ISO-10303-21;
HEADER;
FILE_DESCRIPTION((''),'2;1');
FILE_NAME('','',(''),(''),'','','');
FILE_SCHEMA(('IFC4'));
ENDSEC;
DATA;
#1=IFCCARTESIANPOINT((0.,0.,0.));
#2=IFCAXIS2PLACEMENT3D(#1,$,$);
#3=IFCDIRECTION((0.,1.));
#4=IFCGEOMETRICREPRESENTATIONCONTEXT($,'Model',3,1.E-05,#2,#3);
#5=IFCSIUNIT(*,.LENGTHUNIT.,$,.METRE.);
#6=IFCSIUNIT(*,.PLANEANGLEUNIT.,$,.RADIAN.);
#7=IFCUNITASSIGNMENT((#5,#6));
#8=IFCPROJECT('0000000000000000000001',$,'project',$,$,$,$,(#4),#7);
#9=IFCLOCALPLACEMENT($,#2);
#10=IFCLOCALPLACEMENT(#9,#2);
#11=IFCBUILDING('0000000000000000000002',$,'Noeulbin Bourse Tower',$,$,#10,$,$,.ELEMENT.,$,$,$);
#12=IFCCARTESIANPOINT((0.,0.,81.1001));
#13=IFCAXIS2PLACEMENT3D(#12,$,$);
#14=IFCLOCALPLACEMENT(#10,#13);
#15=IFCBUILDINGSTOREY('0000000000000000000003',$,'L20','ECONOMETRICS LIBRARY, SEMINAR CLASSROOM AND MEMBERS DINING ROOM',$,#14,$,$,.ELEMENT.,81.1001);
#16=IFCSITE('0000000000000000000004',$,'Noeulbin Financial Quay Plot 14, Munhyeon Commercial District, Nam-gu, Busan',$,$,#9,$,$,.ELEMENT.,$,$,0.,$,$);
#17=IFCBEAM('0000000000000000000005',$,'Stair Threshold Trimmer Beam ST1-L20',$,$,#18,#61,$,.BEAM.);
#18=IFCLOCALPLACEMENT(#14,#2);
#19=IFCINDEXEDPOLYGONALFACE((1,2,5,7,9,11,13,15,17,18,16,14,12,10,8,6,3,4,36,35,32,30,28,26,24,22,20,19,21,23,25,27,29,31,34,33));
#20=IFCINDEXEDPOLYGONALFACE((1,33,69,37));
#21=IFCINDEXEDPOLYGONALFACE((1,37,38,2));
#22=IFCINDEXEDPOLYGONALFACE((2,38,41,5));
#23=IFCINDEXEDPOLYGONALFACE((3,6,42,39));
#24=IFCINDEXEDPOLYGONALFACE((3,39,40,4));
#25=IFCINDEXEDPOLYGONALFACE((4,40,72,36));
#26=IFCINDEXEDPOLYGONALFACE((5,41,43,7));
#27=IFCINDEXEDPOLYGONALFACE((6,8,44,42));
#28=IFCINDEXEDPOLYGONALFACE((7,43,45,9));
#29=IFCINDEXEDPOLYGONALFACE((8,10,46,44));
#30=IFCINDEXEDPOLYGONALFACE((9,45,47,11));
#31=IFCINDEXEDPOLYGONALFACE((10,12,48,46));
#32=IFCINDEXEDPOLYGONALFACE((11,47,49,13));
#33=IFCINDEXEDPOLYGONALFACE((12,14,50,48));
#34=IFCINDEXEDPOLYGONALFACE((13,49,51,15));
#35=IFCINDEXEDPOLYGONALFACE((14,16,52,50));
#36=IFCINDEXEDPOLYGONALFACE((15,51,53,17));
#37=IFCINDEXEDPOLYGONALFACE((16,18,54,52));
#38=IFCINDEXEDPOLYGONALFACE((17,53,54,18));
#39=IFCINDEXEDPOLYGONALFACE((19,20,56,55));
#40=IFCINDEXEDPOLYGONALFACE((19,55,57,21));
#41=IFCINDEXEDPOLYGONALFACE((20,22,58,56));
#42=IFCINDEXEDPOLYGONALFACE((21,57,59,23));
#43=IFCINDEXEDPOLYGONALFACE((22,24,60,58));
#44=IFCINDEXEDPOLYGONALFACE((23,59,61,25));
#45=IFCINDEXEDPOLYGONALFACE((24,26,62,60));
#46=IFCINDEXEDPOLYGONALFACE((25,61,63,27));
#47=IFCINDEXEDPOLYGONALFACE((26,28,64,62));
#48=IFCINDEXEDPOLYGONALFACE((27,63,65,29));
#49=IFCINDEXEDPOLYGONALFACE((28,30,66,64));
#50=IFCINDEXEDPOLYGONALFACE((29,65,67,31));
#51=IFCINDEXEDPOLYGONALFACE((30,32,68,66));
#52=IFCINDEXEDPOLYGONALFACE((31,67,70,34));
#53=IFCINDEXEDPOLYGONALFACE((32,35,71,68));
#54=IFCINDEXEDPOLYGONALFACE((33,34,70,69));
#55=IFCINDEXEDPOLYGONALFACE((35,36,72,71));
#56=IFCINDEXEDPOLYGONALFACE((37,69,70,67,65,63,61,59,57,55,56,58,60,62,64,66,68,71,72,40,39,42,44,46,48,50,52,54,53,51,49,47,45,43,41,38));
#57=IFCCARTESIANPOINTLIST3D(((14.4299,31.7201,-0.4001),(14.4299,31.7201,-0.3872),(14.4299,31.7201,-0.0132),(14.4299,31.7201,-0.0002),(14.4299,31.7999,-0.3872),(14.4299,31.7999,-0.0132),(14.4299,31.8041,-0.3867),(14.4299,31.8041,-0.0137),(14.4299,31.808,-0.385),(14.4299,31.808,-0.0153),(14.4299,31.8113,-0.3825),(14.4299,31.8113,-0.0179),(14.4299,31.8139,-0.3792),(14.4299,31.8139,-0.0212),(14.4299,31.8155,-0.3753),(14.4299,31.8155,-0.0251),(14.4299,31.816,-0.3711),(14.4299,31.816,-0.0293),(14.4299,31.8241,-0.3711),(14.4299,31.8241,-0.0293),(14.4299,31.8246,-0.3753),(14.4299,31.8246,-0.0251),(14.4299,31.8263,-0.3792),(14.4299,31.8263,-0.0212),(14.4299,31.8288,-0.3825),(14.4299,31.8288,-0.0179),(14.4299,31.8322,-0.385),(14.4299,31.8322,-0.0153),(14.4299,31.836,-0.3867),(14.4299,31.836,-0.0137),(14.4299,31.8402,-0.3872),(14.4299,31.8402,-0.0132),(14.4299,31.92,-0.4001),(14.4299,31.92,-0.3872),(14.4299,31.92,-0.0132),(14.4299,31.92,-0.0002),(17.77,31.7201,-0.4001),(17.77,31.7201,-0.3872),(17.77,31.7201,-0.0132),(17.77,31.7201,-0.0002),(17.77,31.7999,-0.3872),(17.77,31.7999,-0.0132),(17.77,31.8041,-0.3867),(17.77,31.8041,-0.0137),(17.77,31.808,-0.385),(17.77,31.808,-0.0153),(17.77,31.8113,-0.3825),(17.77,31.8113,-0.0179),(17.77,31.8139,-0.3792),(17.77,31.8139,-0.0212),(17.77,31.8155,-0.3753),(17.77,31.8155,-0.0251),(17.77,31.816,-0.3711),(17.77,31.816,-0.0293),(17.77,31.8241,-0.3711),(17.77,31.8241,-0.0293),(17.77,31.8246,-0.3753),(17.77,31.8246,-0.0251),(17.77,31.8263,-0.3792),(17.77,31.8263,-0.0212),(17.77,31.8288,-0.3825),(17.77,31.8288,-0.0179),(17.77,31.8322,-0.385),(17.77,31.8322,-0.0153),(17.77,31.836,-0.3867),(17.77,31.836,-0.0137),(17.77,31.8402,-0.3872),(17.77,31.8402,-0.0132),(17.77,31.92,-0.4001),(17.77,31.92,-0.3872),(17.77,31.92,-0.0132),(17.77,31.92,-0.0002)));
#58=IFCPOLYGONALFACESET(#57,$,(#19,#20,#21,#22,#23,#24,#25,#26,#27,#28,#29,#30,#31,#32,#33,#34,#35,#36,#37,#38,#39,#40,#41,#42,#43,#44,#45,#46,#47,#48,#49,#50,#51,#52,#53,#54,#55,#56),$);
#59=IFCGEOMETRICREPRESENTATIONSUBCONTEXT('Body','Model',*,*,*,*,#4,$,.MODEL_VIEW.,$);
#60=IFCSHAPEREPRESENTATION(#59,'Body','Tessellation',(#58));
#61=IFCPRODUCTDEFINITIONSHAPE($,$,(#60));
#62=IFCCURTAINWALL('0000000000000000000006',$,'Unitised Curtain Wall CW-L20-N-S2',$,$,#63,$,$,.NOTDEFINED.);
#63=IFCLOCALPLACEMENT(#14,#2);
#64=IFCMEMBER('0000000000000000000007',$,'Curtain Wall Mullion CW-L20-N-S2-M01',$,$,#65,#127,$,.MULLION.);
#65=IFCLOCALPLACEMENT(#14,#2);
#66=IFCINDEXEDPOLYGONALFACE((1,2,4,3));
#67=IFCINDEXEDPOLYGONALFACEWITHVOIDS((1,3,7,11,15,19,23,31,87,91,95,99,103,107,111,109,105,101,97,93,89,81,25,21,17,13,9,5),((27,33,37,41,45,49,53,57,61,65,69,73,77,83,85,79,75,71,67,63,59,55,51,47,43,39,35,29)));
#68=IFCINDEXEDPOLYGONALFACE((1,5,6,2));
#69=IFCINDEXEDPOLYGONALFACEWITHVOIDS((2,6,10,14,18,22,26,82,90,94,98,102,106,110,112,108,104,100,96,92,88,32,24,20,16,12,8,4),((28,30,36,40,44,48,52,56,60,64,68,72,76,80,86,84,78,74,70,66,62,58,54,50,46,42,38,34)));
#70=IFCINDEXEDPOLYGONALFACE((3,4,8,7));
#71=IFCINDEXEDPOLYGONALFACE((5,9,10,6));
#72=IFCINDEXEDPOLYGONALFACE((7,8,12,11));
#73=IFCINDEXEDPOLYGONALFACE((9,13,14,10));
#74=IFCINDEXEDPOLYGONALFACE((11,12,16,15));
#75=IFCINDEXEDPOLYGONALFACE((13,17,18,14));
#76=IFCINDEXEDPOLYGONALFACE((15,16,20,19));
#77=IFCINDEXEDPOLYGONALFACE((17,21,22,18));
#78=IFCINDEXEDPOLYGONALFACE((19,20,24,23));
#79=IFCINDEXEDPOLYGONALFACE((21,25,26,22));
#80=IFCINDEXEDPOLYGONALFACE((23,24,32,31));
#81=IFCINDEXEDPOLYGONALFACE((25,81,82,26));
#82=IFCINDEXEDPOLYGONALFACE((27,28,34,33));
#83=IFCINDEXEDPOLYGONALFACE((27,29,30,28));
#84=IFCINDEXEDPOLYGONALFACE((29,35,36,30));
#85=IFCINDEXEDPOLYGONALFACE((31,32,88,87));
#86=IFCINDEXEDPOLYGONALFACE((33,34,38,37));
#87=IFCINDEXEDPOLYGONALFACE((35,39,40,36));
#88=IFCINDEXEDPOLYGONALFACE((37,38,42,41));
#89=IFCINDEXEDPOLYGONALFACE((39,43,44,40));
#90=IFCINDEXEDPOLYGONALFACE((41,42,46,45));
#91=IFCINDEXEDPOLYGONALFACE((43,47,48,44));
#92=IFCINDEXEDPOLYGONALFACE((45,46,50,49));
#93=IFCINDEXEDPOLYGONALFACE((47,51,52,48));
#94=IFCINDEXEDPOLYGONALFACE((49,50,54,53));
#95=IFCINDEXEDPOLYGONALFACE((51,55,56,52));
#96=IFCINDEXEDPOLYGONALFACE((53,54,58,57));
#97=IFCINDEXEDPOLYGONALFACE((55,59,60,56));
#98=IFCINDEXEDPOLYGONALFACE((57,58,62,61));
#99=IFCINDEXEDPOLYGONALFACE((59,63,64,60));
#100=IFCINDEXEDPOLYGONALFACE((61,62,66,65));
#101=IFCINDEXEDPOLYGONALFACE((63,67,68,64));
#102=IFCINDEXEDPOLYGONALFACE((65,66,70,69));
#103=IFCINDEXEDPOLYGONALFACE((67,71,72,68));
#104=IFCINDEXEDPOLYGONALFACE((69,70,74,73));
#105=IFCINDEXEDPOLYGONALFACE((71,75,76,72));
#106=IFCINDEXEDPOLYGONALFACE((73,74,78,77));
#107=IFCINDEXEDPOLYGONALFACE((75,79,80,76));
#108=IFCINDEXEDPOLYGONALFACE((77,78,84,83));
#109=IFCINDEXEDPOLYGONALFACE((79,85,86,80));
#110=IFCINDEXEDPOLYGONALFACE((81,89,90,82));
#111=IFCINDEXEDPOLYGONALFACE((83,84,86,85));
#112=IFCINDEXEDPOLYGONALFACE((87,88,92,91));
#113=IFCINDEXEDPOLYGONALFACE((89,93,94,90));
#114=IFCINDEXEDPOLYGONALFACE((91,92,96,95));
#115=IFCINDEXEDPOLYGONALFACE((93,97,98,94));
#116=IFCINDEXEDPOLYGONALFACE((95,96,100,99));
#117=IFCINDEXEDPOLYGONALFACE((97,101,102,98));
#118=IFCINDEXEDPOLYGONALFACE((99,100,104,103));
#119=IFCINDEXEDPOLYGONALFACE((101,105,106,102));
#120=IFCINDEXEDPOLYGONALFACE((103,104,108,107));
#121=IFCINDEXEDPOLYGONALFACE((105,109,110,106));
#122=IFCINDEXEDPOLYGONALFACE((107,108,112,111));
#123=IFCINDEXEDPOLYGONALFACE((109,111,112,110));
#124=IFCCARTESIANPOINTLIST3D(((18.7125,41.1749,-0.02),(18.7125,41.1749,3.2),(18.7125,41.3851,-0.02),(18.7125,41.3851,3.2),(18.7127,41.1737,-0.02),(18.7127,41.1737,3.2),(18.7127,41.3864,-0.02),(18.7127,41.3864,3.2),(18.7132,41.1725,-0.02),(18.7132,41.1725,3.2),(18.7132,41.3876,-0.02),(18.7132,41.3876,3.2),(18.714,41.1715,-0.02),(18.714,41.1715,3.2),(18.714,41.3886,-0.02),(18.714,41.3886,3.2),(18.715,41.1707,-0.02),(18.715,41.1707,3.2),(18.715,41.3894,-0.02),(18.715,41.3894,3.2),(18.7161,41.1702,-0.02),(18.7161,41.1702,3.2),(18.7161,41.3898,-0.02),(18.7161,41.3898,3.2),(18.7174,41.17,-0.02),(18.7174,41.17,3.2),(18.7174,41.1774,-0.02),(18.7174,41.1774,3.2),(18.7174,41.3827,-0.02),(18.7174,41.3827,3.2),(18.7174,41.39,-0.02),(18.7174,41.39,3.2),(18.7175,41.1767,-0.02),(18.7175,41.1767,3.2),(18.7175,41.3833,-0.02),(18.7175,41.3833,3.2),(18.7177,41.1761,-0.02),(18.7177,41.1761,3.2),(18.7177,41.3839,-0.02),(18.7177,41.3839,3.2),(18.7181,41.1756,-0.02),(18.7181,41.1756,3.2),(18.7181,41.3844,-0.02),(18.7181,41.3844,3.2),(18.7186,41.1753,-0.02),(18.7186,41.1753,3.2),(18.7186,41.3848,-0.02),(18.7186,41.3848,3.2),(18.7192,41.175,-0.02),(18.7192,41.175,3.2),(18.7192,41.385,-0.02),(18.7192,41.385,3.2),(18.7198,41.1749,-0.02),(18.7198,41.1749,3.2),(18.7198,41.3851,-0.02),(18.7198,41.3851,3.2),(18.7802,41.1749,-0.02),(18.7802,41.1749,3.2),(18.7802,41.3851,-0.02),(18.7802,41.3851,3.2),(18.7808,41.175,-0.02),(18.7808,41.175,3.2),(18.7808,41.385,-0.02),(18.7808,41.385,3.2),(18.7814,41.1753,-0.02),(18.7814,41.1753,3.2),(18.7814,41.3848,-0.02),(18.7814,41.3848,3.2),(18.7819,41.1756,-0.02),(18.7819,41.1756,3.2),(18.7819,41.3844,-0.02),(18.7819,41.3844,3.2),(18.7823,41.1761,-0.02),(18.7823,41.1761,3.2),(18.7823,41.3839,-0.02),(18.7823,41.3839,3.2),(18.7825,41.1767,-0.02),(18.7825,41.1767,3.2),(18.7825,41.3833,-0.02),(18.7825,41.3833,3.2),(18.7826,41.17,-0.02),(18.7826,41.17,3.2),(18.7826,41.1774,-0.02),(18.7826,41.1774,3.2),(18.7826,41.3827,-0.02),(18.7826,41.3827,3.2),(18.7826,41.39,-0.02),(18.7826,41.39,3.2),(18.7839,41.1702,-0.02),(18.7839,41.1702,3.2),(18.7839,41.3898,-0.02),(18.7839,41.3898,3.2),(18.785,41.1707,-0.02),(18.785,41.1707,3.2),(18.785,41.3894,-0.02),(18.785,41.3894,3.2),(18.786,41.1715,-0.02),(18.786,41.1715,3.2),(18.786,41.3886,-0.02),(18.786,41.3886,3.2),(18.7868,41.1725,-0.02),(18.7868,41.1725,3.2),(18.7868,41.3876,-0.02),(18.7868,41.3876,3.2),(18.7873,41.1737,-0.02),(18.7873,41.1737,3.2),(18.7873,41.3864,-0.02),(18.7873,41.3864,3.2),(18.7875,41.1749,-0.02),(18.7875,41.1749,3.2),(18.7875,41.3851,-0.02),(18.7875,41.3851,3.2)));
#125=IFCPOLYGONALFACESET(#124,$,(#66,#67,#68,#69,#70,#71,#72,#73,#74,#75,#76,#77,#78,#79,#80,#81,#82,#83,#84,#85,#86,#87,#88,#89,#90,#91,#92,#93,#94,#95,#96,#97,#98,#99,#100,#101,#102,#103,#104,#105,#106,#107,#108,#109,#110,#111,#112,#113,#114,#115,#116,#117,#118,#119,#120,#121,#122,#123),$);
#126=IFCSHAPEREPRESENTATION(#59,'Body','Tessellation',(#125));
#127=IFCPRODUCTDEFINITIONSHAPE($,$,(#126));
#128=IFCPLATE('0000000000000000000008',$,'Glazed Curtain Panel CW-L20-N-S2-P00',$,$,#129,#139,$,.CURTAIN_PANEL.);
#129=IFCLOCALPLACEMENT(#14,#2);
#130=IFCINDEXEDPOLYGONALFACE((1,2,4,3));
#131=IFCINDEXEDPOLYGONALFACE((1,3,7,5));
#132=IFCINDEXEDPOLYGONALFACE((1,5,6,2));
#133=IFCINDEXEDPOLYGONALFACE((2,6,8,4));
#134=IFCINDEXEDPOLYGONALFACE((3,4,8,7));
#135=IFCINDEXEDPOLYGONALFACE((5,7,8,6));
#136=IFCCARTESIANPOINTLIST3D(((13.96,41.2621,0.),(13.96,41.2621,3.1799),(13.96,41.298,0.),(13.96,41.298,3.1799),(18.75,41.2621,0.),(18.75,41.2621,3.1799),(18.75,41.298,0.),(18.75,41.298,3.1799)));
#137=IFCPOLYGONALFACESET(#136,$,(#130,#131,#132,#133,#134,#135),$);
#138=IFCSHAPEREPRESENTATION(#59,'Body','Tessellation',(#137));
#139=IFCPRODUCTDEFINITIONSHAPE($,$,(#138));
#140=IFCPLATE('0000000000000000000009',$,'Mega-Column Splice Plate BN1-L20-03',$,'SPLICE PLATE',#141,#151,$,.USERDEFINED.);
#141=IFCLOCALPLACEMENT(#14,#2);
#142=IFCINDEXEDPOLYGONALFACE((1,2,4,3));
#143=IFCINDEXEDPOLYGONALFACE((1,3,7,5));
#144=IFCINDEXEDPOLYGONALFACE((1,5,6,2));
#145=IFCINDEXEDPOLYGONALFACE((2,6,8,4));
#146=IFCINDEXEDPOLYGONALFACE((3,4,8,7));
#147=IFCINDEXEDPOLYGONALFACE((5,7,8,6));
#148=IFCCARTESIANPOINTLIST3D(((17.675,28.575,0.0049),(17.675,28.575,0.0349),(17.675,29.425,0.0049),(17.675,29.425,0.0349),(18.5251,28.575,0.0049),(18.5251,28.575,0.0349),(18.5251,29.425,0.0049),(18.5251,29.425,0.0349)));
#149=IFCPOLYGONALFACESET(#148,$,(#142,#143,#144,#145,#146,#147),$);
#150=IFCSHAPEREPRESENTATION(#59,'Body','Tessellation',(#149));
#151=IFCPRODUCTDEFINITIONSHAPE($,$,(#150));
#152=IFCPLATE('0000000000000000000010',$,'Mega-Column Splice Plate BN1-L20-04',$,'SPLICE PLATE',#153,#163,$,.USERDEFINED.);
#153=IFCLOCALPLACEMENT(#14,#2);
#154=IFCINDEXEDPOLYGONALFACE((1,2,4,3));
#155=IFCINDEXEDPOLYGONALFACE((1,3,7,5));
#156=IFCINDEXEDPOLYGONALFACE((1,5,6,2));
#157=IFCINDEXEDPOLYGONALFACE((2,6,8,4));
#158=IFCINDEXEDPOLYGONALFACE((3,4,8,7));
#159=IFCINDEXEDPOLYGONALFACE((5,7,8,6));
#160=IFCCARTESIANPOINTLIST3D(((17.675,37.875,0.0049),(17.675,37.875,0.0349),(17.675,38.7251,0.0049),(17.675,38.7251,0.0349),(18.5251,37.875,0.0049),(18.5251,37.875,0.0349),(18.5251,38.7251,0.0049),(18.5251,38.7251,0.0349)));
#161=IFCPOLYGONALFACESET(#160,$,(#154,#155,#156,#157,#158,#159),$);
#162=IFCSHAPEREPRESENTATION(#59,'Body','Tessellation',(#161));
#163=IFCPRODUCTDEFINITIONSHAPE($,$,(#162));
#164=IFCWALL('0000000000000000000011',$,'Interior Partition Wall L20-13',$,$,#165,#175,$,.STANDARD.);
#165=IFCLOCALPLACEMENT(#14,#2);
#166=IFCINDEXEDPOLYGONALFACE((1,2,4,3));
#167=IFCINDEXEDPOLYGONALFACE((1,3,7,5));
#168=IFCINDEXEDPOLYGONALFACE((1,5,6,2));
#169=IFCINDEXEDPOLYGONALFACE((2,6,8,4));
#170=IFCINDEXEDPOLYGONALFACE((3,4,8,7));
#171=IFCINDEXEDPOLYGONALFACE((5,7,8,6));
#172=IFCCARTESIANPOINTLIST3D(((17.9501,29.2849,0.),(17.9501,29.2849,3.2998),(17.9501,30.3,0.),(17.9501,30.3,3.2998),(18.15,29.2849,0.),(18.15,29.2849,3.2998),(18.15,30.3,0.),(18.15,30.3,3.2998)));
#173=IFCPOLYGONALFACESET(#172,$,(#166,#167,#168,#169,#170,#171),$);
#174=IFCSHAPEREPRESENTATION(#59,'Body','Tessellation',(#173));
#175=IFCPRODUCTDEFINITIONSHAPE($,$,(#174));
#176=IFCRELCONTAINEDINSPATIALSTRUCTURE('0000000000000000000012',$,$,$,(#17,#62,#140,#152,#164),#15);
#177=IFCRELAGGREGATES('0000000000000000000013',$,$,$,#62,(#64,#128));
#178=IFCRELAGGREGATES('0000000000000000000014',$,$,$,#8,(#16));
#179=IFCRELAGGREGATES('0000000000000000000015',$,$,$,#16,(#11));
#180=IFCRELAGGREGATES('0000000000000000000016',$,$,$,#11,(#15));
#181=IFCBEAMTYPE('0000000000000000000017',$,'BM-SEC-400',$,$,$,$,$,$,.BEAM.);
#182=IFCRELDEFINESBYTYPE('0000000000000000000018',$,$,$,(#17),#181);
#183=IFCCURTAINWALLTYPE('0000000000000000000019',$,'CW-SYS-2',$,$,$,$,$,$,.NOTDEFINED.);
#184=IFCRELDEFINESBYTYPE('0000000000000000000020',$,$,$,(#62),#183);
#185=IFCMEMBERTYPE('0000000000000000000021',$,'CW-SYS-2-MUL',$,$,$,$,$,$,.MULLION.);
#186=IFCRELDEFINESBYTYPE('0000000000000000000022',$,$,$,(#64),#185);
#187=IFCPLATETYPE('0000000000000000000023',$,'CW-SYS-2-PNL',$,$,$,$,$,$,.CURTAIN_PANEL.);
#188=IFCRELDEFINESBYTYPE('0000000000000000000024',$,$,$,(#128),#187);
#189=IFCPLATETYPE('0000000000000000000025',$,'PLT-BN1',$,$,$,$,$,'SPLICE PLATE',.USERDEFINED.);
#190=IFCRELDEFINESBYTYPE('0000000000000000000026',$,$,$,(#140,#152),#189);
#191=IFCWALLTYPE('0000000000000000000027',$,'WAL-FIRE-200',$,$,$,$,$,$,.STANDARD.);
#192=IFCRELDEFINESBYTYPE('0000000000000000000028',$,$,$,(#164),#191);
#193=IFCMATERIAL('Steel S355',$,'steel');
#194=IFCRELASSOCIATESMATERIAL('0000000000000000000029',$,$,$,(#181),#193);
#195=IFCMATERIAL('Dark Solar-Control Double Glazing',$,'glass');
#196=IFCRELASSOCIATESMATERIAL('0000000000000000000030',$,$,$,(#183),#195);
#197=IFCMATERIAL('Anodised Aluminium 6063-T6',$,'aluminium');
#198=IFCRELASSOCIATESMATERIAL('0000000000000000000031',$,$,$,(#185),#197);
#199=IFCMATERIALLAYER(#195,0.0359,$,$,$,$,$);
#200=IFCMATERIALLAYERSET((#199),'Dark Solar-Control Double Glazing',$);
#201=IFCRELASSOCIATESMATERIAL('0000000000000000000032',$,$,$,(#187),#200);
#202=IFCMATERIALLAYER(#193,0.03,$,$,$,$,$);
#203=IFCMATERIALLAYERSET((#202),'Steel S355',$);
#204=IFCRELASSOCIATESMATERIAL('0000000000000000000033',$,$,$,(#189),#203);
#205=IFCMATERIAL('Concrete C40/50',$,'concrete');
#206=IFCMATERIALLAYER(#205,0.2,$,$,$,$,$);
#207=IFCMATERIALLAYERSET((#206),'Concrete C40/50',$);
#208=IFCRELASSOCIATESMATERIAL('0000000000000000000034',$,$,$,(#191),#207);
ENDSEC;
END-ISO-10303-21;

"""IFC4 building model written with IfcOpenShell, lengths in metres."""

from ifc_helpers import new_model, si_unit, direction, frame, frame_2d, origin, origin_2d, place, context, subcontext, project, spatial, rectangle, hollow_rectangle, i_section, extrude, material, layer, layer_set, material_profile, profile_set, type_object, element, aggregate, save


model = new_model("IFC4")

# Units and contexts
model_context = context("Model", 3, precision=1e-05, world=origin(), true_north=direction((0.0, 1.0)))
body_context = subcontext(model_context, "Body", "Model", "MODEL_VIEW")
ifc_project = project(units=[si_unit("LENGTHUNIT", "METRE"), si_unit("PLANEANGLEUNIT", "RADIAN")], contexts=[model_context])

# Site, building, storey
site_placement = place(None, origin())
site = spatial("IfcSite", under=ifc_project, at=site_placement, Name="Noeulbin Financial Quay Plot 14, Munhyeon Commercial District, Nam-gu, Busan", CompositionType="ELEMENT", RefElevation=0.0)
building_placement = place(site_placement, origin())
building = spatial("IfcBuilding", under=site, at=building_placement, Name="Noeulbin Bourse Tower", CompositionType="ELEMENT")
storey_placement = place(building_placement, frame((0.0, 0.0, 81.1001)))
storey = spatial("IfcBuildingStorey", under=building, at=storey_placement, Name="L20", Description="ECONOMETRICS LIBRARY, SEMINAR CLASSROOM AND MEMBERS DINING ROOM", CompositionType="ELEMENT", Elevation=81.1001)

# Beam
ifc_material_1 = material(Name="Steel S355", Category="steel")
ifc_material_profile_1 = material_profile(ifc_material_1, i_section(OverallWidth=0.2, OverallDepth=0.3999, WebThickness=0.0081, FlangeThickness=0.0129, FilletRadius=0.0161, at=origin_2d()), Name="H-400x200x8x13", Category="LoadBearing")
ifc_profile_set_1 = profile_set([ifc_material_profile_1], Name="Steel S355")
beam_type = type_object("IfcBeamType", Name="BM-SEC-400", PredefinedType="BEAM", material=ifc_profile_set_1)
beam_placement = place(storey_placement, frame((14.4299, 31.8201, -0.2002), z_axis=(1.0, 0.0, 0.0), x_axis=(0.0, 1.0, 0.0)))
element("IfcBeam", 1, at=beam_placement, inside=storey, type_object=beam_type, Name="Stair Threshold Trimmer Beam ST1-L20", PredefinedType="BEAM", context=body_context, shape_type="SweptSolid", body=[
    extrude(i_section(OverallWidth=0.2, OverallDepth=0.3999, WebThickness=0.0081, FlangeThickness=0.0129, FilletRadius=0.0161, at=origin_2d()), origin(), (0.0, 0.0, 1.0), 3.3401),
])

# Curtain wall, member, plate
ifc_material_2 = material(Name="Dark Solar-Control Double Glazing", Category="glass")
curtain_wall_type = type_object("IfcCurtainWallType", Name="CW-SYS-2", PredefinedType="NOTDEFINED", material=ifc_material_2)
curtain_wall_placement = place(storey_placement, origin())
curtain_wall = element("IfcCurtainWall", 2, at=curtain_wall_placement, inside=storey, type_object=curtain_wall_type, Name="Unitised Curtain Wall CW-L20-N-S2", PredefinedType="NOTDEFINED")
ifc_material_3 = material(Name="Anodised Aluminium 6063-T6", Category="aluminium")
ifc_material_profile_2 = material_profile(ifc_material_3, hollow_rectangle(XDim=0.075, YDim=0.22, WallThickness=0.0049, InnerFilletRadius=0.0024, OuterFilletRadius=0.0049, at=origin_2d()), Name="ALU-MULL-75x220x5", Category="LoadBearing")
ifc_profile_set_2 = profile_set([ifc_material_profile_2], Name="Anodised Aluminium 6063-T6")
member_type = type_object("IfcMemberType", Name="CW-SYS-2-MUL", PredefinedType="MULLION", material=ifc_profile_set_2)
member_placement = place(storey_placement, frame((18.75, 41.28, -0.02), z_axis=(0.0, 0.0, 1.0), x_axis=(1.0, 0.0, 0.0)))
member = element("IfcMember", 3, at=member_placement, type_object=member_type, Name="Curtain Wall Mullion CW-L20-N-S2-M01", PredefinedType="MULLION", context=body_context, shape_type="SweptSolid", body=[
    extrude(hollow_rectangle(XDim=0.075, YDim=0.22, WallThickness=0.0049, InnerFilletRadius=0.0024, OuterFilletRadius=0.0049, at=origin_2d()), origin(), (0.0, 0.0, 1.0), 3.22),
])
ifc_layer_1 = layer(ifc_material_2, 0.0359)
ifc_layer_set_1 = layer_set([ifc_layer_1], Name="Dark Solar-Control Double Glazing")
plate_type_1 = type_object("IfcPlateType", Name="CW-SYS-2-PNL", PredefinedType="CURTAIN_PANEL", material=ifc_layer_set_1)
plate_placement = place(storey_placement, frame((16.355, 41.28, 0.0), z_axis=(0.0, 0.0, 1.0), x_axis=(1.0, 0.0, 0.0)))
plate = element("IfcPlate", 4, at=plate_placement, type_object=plate_type_1, Name="Glazed Curtain Panel CW-L20-N-S2-P00", PredefinedType="CURTAIN_PANEL", context=body_context, shape_type="SweptSolid", body=[
    extrude(rectangle(XDim=4.79, YDim=0.0359, at=origin_2d()), origin(), (0.0, 0.0, 1.0), 3.1799),
])
aggregate(curtain_wall, [member, plate])

# Plates
ifc_layer_2 = layer(ifc_material_1, 0.03)
ifc_layer_set_2 = layer_set([ifc_layer_2], Name="Steel S355")
plate_type_2 = type_object("IfcPlateType", Name="PLT-BN1", ElementType="SPLICE PLATE", PredefinedType="USERDEFINED", material=ifc_layer_set_2)
for number, where, z_axis, x_axis, name in (
    (5, (18.1001, 29.0, 0.0049), (0.0, 0.0, 1.0), (1.0, 0.0, 0.0), "Mega-Column Splice Plate BN1-L20-03"),
    (6, (18.1001, 38.3, 0.0049), (0.0, 0.0, 1.0), (1.0, 0.0, 0.0), "Mega-Column Splice Plate BN1-L20-04"),
):
    element("IfcPlate", number, at=place(storey_placement, frame(where, z_axis=z_axis, x_axis=x_axis)), inside=storey, type_object=plate_type_2, Name=name, ObjectType="SPLICE PLATE", PredefinedType="USERDEFINED", context=body_context, shape_type="SweptSolid", body=[
        extrude(rectangle(XDim=0.8501, YDim=0.8501, at=origin_2d()), origin(), (0.0, 0.0, 1.0), 0.03),
    ])

# Wall
ifc_material_4 = material(Name="Concrete C40/50", Category="concrete")
ifc_layer_3 = layer(ifc_material_4, 0.2)
ifc_layer_set_3 = layer_set([ifc_layer_3], Name="Concrete C40/50")
wall_type_1 = type_object("IfcWallType", Name="WAL-FIRE-200", PredefinedType="STANDARD", material=ifc_layer_set_3)
wall_1_placement = place(storey_placement, frame((18.05, 29.2849, 0.0), z_axis=(0.0, 0.0, 1.0), x_axis=(0.0, 1.0, 0.0)))
element("IfcWall", 7, at=wall_1_placement, inside=storey, type_object=wall_type_1, Name="Interior Partition Wall L20-13", PredefinedType="STANDARD", context=body_context, shape_type="SweptSolid", body=[
    extrude(rectangle(XDim=1.0151, YDim=0.2, at=frame_2d((0.5076, 0.0))), origin(), (0.0, 0.0, 1.0), 3.2998),
])

save(model, "model.ifc")
